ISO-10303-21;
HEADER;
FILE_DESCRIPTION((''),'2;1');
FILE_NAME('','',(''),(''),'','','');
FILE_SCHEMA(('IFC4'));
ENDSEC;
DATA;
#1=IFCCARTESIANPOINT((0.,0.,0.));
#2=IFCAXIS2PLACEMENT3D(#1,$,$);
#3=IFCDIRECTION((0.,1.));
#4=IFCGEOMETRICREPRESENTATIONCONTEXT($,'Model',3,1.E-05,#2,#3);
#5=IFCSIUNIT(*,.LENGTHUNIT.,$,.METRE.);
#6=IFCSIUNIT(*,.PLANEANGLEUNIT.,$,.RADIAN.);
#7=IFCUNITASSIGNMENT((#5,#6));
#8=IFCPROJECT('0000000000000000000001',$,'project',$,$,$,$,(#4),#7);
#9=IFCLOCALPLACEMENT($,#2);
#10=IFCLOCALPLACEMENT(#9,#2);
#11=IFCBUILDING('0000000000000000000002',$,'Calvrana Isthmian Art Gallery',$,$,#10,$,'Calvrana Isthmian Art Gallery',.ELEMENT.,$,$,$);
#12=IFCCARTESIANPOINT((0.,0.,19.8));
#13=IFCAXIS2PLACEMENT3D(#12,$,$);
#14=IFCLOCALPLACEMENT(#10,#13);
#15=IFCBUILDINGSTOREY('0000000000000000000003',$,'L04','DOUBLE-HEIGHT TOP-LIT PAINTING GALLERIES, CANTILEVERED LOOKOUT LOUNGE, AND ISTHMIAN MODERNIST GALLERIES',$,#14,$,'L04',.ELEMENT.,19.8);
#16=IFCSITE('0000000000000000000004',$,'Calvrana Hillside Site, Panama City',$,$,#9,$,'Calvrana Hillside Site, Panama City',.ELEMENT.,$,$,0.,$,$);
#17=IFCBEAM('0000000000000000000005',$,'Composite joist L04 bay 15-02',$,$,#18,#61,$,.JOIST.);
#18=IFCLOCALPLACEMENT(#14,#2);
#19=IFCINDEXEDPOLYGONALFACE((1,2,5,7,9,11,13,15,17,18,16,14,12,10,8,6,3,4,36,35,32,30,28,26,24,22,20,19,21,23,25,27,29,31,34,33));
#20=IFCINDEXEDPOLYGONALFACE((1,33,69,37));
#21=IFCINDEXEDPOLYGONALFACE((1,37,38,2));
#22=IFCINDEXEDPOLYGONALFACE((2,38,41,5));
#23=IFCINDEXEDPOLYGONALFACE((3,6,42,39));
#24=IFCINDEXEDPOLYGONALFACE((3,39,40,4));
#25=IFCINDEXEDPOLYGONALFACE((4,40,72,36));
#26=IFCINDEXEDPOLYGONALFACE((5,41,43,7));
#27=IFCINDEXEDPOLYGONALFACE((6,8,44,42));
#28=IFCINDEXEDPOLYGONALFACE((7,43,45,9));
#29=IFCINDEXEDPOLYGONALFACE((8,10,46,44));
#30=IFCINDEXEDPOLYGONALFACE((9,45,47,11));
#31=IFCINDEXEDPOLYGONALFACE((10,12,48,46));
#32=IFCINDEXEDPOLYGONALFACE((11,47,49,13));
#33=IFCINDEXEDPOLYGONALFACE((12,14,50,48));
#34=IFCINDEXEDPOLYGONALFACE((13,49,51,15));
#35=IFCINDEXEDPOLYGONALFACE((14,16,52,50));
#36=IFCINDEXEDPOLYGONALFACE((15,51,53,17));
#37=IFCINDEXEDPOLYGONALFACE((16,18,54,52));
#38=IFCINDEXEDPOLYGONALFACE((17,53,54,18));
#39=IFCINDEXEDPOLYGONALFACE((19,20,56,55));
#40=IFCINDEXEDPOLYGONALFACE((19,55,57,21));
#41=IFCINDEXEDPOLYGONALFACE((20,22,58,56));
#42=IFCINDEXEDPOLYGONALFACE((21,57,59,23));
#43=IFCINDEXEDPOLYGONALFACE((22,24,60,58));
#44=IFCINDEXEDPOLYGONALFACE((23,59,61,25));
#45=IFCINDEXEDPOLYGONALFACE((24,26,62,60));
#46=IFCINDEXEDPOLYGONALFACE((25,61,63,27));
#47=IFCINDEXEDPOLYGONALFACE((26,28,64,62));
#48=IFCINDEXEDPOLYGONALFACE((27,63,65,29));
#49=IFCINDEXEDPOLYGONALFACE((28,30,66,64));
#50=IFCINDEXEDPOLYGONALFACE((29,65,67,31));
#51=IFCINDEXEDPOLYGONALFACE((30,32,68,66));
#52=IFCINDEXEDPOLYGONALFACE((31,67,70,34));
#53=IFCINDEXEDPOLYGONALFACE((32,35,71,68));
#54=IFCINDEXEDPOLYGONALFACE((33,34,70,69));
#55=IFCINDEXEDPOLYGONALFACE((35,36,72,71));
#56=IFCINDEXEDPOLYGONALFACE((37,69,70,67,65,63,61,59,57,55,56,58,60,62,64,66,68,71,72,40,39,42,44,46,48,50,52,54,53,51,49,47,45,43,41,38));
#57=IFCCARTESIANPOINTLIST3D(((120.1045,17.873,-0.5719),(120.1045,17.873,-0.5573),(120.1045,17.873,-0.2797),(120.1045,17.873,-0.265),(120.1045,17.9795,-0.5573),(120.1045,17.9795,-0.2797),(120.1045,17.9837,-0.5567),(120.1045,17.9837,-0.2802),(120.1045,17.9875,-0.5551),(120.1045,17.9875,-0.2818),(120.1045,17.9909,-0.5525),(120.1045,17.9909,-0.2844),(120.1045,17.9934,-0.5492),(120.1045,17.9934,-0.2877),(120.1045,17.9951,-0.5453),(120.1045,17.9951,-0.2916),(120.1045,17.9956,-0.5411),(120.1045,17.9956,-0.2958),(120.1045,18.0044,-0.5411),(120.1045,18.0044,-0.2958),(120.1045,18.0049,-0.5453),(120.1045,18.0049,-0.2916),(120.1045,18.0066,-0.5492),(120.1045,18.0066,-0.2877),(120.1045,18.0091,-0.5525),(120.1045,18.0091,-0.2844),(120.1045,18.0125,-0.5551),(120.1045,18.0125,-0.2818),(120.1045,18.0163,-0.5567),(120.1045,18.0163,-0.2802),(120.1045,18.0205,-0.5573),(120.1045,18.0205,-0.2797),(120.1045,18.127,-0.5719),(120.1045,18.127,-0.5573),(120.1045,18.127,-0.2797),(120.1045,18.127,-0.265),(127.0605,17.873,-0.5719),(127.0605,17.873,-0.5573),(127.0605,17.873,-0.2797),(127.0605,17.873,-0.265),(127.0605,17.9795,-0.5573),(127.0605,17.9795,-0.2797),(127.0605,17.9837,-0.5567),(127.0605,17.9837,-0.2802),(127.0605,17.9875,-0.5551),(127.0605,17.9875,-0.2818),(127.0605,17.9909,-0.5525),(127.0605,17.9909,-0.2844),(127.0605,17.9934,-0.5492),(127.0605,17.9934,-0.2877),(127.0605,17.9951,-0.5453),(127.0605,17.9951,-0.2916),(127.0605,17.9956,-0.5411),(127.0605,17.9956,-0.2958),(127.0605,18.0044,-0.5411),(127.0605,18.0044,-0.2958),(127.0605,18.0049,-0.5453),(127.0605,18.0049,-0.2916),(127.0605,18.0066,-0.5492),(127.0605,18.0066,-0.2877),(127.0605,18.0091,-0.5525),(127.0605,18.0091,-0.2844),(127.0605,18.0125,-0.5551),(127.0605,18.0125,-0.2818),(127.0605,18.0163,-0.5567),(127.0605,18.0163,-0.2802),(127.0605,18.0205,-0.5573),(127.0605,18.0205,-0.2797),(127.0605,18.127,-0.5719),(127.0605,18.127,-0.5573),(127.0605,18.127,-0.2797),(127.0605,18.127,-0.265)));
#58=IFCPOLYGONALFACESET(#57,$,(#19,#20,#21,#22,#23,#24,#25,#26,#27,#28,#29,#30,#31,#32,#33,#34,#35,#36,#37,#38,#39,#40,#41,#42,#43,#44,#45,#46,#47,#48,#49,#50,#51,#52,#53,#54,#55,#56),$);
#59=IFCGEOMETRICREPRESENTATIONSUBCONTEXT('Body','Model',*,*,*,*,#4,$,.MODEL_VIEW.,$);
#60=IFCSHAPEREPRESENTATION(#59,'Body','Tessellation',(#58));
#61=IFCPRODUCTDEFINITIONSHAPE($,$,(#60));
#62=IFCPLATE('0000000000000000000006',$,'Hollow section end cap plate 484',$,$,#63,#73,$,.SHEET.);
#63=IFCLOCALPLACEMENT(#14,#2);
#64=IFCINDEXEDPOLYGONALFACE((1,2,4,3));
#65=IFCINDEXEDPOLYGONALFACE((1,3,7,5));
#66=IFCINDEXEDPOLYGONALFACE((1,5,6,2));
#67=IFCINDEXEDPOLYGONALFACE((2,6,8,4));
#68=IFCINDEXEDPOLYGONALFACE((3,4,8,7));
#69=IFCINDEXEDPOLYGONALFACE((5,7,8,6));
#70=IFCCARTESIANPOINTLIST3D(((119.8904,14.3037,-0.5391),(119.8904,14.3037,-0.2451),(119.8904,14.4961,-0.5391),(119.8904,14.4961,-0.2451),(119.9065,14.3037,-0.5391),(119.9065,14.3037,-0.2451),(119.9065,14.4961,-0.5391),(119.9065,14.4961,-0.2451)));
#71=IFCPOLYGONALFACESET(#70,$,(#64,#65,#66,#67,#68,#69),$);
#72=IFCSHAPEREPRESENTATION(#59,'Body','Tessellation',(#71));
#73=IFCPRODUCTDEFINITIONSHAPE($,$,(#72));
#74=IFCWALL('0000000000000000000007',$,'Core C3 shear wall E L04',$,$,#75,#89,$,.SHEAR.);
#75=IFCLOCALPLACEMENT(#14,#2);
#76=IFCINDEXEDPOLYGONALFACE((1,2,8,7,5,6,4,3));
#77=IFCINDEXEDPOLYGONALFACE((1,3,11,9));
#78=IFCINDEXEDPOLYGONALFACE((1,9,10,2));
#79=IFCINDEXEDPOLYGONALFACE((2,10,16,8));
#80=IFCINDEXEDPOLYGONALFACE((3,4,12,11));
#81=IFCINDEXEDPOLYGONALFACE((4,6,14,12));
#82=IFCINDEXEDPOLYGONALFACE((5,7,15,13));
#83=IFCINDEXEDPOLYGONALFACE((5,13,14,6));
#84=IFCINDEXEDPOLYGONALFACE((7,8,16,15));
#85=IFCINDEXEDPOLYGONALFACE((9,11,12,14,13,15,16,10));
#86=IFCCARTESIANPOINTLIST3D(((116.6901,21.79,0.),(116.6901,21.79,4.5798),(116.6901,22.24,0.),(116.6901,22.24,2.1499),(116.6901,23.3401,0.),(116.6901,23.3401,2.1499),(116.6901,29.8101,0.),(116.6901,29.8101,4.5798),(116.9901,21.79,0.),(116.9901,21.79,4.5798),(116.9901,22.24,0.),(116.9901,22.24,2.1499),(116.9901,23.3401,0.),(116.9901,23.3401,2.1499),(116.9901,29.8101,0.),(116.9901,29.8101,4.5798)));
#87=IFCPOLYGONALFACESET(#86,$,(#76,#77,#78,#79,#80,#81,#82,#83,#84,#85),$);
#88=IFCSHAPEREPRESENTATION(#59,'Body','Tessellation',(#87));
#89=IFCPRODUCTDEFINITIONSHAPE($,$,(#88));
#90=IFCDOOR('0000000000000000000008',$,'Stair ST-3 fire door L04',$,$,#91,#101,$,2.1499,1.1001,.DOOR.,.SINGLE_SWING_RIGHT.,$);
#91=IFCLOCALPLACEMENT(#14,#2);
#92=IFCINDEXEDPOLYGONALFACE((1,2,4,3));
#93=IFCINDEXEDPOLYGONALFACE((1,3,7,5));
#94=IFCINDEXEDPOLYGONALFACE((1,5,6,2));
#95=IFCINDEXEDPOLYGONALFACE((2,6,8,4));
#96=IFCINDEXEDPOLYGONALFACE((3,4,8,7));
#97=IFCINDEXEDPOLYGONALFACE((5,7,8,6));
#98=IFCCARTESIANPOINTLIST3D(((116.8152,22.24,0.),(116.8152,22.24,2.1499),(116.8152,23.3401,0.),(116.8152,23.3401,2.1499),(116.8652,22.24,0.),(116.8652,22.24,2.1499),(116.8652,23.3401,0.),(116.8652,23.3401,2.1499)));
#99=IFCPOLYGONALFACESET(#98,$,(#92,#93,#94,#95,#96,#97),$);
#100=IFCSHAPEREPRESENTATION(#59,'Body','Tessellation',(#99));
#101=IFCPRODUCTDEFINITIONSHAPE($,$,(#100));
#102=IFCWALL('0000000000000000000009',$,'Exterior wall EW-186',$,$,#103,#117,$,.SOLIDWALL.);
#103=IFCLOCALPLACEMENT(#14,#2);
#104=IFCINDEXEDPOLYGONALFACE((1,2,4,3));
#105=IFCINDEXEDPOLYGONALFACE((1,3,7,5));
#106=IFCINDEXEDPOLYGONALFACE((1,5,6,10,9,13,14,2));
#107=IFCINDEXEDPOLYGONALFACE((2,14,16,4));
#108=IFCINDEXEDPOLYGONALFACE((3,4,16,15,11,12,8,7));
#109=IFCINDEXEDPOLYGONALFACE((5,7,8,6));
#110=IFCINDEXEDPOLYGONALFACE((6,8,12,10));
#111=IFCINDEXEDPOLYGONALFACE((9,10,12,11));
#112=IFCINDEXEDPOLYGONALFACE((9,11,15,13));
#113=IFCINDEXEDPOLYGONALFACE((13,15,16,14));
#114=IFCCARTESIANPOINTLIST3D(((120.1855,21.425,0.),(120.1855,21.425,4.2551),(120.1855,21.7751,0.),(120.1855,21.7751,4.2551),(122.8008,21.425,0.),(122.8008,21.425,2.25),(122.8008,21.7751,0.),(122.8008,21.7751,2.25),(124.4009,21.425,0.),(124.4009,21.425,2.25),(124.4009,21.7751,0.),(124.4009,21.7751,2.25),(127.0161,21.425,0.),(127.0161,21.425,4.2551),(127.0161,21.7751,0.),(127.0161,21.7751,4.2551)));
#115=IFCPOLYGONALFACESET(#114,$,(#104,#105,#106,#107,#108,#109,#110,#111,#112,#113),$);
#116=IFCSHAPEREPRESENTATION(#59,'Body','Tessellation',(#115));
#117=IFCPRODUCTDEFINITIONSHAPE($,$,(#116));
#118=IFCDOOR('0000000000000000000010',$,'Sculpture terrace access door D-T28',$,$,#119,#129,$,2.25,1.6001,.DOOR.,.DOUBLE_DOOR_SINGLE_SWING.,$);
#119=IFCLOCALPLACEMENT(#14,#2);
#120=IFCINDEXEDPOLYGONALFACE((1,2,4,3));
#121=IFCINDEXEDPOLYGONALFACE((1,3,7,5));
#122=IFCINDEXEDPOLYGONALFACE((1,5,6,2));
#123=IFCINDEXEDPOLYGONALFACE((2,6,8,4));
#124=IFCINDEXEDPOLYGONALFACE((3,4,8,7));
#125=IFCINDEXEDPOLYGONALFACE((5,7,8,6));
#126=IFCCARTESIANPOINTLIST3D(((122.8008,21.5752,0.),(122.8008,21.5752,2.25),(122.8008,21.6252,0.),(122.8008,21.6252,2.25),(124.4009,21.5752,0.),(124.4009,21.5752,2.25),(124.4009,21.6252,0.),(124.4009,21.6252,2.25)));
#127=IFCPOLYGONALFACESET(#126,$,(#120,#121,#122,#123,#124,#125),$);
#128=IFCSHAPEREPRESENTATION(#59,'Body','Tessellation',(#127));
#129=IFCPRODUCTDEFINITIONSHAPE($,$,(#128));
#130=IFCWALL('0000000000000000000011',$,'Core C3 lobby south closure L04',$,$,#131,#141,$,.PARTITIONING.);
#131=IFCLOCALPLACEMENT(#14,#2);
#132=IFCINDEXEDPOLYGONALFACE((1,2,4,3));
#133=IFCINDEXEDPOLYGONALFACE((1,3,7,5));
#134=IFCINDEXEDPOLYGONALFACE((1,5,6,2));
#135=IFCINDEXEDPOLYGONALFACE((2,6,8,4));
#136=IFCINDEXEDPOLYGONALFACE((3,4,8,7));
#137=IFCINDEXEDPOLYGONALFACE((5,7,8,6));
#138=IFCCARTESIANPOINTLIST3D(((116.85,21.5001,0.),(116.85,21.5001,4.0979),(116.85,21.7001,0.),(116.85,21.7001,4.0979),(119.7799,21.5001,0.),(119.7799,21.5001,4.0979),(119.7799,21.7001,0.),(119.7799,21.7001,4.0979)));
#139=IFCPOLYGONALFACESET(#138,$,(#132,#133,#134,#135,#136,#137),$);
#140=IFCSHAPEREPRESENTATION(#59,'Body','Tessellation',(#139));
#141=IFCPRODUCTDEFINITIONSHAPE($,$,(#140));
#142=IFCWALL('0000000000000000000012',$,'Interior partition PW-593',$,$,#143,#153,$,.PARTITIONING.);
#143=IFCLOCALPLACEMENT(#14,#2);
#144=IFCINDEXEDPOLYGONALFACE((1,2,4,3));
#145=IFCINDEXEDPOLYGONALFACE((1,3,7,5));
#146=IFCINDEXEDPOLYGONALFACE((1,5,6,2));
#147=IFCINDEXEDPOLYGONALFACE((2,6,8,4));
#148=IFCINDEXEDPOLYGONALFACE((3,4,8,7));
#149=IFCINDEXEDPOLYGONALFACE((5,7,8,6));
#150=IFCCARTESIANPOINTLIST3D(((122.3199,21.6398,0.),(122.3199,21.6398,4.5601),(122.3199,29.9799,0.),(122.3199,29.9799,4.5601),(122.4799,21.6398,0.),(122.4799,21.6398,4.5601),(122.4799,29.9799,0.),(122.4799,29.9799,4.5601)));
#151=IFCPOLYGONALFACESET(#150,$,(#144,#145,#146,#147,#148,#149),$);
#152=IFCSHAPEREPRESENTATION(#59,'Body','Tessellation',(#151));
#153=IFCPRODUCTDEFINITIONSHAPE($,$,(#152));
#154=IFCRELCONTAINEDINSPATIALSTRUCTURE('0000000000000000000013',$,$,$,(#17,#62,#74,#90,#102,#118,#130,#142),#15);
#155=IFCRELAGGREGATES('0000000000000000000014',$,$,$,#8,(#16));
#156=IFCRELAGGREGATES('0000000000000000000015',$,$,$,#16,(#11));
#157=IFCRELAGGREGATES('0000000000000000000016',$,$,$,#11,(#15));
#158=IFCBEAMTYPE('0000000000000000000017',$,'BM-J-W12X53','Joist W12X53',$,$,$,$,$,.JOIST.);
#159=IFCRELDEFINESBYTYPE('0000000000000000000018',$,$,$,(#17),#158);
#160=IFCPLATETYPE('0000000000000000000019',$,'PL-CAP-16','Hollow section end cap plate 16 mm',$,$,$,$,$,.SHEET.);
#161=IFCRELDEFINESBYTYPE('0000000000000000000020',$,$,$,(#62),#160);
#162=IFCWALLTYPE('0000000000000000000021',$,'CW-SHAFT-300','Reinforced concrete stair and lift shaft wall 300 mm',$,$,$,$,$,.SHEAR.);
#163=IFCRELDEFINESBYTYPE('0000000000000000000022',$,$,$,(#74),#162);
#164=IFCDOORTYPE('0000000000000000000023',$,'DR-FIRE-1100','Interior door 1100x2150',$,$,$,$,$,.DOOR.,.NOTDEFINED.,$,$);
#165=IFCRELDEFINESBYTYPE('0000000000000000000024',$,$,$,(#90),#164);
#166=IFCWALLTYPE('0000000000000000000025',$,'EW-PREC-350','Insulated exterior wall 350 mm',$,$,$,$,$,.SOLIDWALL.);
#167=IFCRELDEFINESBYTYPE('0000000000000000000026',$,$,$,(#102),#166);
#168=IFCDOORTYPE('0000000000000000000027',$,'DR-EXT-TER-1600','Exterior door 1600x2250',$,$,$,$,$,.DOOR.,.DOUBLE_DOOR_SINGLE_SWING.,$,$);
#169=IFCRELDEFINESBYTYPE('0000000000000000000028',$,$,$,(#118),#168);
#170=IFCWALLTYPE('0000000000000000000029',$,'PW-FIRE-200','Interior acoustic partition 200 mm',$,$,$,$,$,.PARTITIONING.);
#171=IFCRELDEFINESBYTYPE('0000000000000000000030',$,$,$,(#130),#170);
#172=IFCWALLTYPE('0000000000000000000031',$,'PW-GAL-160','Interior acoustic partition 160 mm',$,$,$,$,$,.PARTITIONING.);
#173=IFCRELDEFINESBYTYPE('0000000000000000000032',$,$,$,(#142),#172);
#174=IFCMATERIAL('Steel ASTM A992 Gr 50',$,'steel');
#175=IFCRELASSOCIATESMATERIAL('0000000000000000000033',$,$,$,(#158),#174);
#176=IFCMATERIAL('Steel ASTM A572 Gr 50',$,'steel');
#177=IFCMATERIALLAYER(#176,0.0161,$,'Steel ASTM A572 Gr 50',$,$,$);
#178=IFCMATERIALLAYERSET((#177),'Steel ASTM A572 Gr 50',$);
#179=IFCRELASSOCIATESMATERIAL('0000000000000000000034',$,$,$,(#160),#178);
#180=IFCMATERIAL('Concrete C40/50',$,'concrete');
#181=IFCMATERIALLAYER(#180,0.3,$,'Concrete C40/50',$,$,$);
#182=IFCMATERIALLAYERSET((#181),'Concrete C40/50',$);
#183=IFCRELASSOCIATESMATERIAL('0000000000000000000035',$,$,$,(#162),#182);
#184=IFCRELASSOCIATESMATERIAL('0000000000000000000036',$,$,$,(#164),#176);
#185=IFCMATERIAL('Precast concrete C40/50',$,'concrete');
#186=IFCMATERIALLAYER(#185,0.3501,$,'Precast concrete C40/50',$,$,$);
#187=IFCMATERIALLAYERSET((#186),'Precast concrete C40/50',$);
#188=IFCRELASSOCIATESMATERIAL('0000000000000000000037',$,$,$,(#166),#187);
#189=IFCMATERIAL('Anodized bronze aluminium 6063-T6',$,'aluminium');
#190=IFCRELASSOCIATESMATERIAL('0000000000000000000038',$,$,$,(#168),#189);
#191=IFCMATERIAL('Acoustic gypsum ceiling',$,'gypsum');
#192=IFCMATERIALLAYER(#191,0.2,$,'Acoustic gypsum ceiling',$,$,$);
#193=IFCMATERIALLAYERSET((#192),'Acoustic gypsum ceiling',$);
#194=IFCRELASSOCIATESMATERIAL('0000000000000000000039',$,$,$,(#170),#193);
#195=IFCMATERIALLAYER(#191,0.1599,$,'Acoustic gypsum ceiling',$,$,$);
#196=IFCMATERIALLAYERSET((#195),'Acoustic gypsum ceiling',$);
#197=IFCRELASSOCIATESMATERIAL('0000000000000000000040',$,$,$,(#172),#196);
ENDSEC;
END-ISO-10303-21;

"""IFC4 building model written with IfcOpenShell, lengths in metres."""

from ifc_helpers import new_model, si_unit, direction, frame, frame_2d, origin, origin_2d, place, context, subcontext, project, spatial, rectangle, i_section, extrude, material, layer, layer_set, material_profile, profile_set, type_object, element, fill, save


model = new_model("IFC4")

# Units and contexts
model_context = context("Model", 3, precision=1e-05, world=origin(), true_north=direction((0.0, 1.0)))
body_context = subcontext(model_context, "Body", "Model", "MODEL_VIEW")
ifc_project = project(units=[si_unit("LENGTHUNIT", "METRE"), si_unit("PLANEANGLEUNIT", "RADIAN")], contexts=[model_context])

# Site, building, storey
site_placement = place(None, origin())
site = spatial("IfcSite", under=ifc_project, at=site_placement, Name="Calvrana Hillside Site, Panama City", LongName="Calvrana Hillside Site, Panama City", CompositionType="ELEMENT", RefElevation=0.0)
building_placement = place(site_placement, origin())
building = spatial("IfcBuilding", under=site, at=building_placement, Name="Calvrana Isthmian Art Gallery", LongName="Calvrana Isthmian Art Gallery", CompositionType="ELEMENT")
storey_placement = place(building_placement, frame((0.0, 0.0, 19.8)))
storey = spatial("IfcBuildingStorey", under=building, at=storey_placement, Name="L04", Description="DOUBLE-HEIGHT TOP-LIT PAINTING GALLERIES, CANTILEVERED LOOKOUT LOUNGE, AND ISTHMIAN MODERNIST GALLERIES", LongName="L04", CompositionType="ELEMENT", Elevation=19.8)

# Shared definitions
ifc_material_1 = material(Name="Steel ASTM A992 Gr 50", Category="steel")

# Beam
ifc_material_profile_1 = material_profile(ifc_material_1, i_section(OverallWidth=0.2539, OverallDepth=0.3069, WebThickness=0.0088, FlangeThickness=0.0146, FilletRadius=0.0161, at=origin_2d()), Name="W12X53")
ifc_profile_set_1 = profile_set([ifc_material_profile_1], Name="Steel ASTM A992 Gr 50")
beam_type_1 = type_object("IfcBeamType", Name="BM-J-W12X53", Description="Joist W12X53", PredefinedType="JOIST", material=ifc_profile_set_1)
beam_1_placement = place(storey_placement, frame((120.1045, 18.0, -0.4185), z_axis=(1.0, 0.0, 0.0), x_axis=(0.0, 1.0, 0.0)))
element("IfcBeam", 1, at=beam_1_placement, inside=storey, type_object=beam_type_1, Name="Composite joist L04 bay 15-02", PredefinedType="JOIST", context=body_context, shape_type="SweptSolid", body=[
    extrude(i_section(OverallWidth=0.2539, OverallDepth=0.3069, WebThickness=0.0088, FlangeThickness=0.0146, FilletRadius=0.0161, at=origin_2d()), origin(), (0.0, 0.0, 1.0), 6.9561),
])

# Plate
ifc_material_2 = material(Name="Steel ASTM A572 Gr 50", Category="steel")
ifc_layer_1 = layer(ifc_material_2, 0.0161, Name="Steel ASTM A572 Gr 50")
ifc_layer_set_1 = layer_set([ifc_layer_1], Name="Steel ASTM A572 Gr 50")
plate_type = type_object("IfcPlateType", Name="PL-CAP-16", Description="Hollow section end cap plate 16 mm", PredefinedType="SHEET", material=ifc_layer_set_1)
plate_placement = place(storey_placement, frame((119.8984, 14.3999, -0.5391), z_axis=(0.0, 0.0, 1.0), x_axis=(1.0, 0.0, 0.0)))
element("IfcPlate", 2, at=plate_placement, inside=storey, type_object=plate_type, Name="Hollow section end cap plate 484", PredefinedType="SHEET", context=body_context, shape_type="SweptSolid", body=[
    extrude(rectangle(XDim=0.0161, YDim=0.1924, at=origin_2d()), origin(), (0.0, 0.0, 1.0), 0.2939),
])

# Walls, openings, doors
ifc_material_3 = material(Name="Concrete C40/50", Category="concrete")
ifc_layer_2 = layer(ifc_material_3, 0.3, Name="Concrete C40/50")
ifc_layer_set_2 = layer_set([ifc_layer_2], Name="Concrete C40/50")
wall_type_1 = type_object("IfcWallType", Name="CW-SHAFT-300", Description="Reinforced concrete stair and lift shaft wall 300 mm", PredefinedType="SHEAR", material=ifc_layer_set_2)
wall_1_placement = place(storey_placement, frame((116.8401, 21.79, 0.0), z_axis=(0.0, 0.0, 1.0), x_axis=(0.0, 1.0, 0.0)))
wall_1 = element("IfcWall", 3, at=wall_1_placement, inside=storey, type_object=wall_type_1, Name="Core C3 shear wall E L04", PredefinedType="SHEAR", context=body_context, shape_type="SweptSolid", body=[
    extrude(rectangle(XDim=8.02, YDim=0.3, at=frame_2d((4.01, 0.0))), origin(), (0.0, 0.0, 1.0), 4.5798),
])
opening_1_placement = place(wall_1_placement, frame((0.45, 0.0, 0.0)))
opening_1 = element("IfcOpeningElement", 4, at=opening_1_placement, cuts=wall_1, PredefinedType="OPENING", context=body_context, shape_type="SweptSolid", body=[
    extrude(rectangle(XDim=1.1001, YDim=2.1499, at=frame_2d((0.55, 1.075))), frame((0.0, 0.1602, 0.0), z_axis=(0.0, -1.0, 0.0), x_axis=(1.0, 0.0, 0.0)), (0.0, 0.0, 1.0), 0.3206),
])
door_type_1 = type_object("IfcDoorType", Name="DR-FIRE-1100", Description="Interior door 1100x2150", OperationType="NOTDEFINED", PredefinedType="DOOR", material=ifc_material_2)
door_1_placement = place(opening_1_placement, origin())
door_1 = element("IfcDoor", 5, at=door_1_placement, inside=storey, type_object=door_type_1, Name="Stair ST-3 fire door L04", OperationType="SINGLE_SWING_RIGHT", OverallHeight=2.1499, OverallWidth=1.1001, PredefinedType="DOOR", context=body_context, shape_type="SweptSolid", body=[
    extrude(rectangle(XDim=1.1001, YDim=2.1499, at=frame_2d((0.55, 1.075))), frame((0.0, 0.0249, 0.0), z_axis=(0.0, -1.0, 0.0), x_axis=(1.0, 0.0, 0.0)), (0.0, 0.0, 1.0), 0.05),
])
fill(opening_1, door_1)
ifc_material_4 = material(Name="Precast concrete C40/50", Category="concrete")
ifc_layer_3 = layer(ifc_material_4, 0.3501, Name="Precast concrete C40/50")
ifc_layer_set_3 = layer_set([ifc_layer_3], Name="Precast concrete C40/50")
wall_type_2 = type_object("IfcWallType", Name="EW-PREC-350", Description="Insulated exterior wall 350 mm", PredefinedType="SOLIDWALL", material=ifc_layer_set_3)
wall_2_placement = place(storey_placement, frame((127.0161, 21.6001, 0.0), z_axis=(0.0, 0.0, 1.0), x_axis=(-1.0, 0.0, 0.0)))
wall_2 = element("IfcWall", 6, at=wall_2_placement, inside=storey, type_object=wall_type_2, Name="Exterior wall EW-186", PredefinedType="SOLIDWALL", context=body_context, shape_type="SweptSolid", body=[
    extrude(rectangle(XDim=6.8306, YDim=0.3501, at=frame_2d((3.4153, 0.0))), origin(), (0.0, 0.0, 1.0), 4.2551),
])
opening_2_placement = place(wall_2_placement, frame((2.6152, 0.0, 0.0)))
opening_2 = element("IfcOpeningElement", 7, at=opening_2_placement, cuts=wall_2, PredefinedType="OPENING", context=body_context, shape_type="SweptSolid", body=[
    extrude(rectangle(XDim=1.6001, YDim=2.25, at=frame_2d((0.8, 1.125))), frame((0.0, 0.1853, 0.0), z_axis=(0.0, -1.0, 0.0), x_axis=(1.0, 0.0, 0.0)), (0.0, 0.0, 1.0), 0.3706),
])
ifc_material_5 = material(Name="Anodized bronze aluminium 6063-T6", Category="aluminium")
door_type_2 = type_object("IfcDoorType", Name="DR-EXT-TER-1600", Description="Exterior door 1600x2250", OperationType="DOUBLE_DOOR_SINGLE_SWING", PredefinedType="DOOR", material=ifc_material_5)
door_2_placement = place(opening_2_placement, origin())
door_2 = element("IfcDoor", 8, at=door_2_placement, inside=storey, type_object=door_type_2, Name="Sculpture terrace access door D-T28", OperationType="DOUBLE_DOOR_SINGLE_SWING", OverallHeight=2.25, OverallWidth=1.6001, PredefinedType="DOOR", context=body_context, shape_type="SweptSolid", body=[
    extrude(rectangle(XDim=1.6001, YDim=2.25, at=frame_2d((0.8, 1.125))), frame((0.0, 0.0249, 0.0), z_axis=(0.0, -1.0, 0.0), x_axis=(1.0, 0.0, 0.0)), (0.0, 0.0, 1.0), 0.05),
])
fill(opening_2, door_2)

# Walls
ifc_material_6 = material(Name="Acoustic gypsum ceiling", Category="gypsum")
ifc_layer_4 = layer(ifc_material_6, 0.2, Name="Acoustic gypsum ceiling")
ifc_layer_set_4 = layer_set([ifc_layer_4], Name="Acoustic gypsum ceiling")
wall_type_3 = type_object("IfcWallType", Name="PW-FIRE-200", Description="Interior acoustic partition 200 mm", PredefinedType="PARTITIONING", material=ifc_layer_set_4)
wall_3_placement = place(storey_placement, frame((116.8501, 21.6001, 0.0), z_axis=(0.0, 0.0, 1.0), x_axis=(1.0, 0.0, 0.0)))
element("IfcWall", 9, at=wall_3_placement, inside=storey, type_object=wall_type_3, Name="Core C3 lobby south closure L04", PredefinedType="PARTITIONING", context=body_context, shape_type="SweptSolid", body=[
    extrude(rectangle(XDim=2.9299, YDim=0.2, at=frame_2d((1.4648, 0.0))), origin(), (0.0, 0.0, 1.0), 4.0979),
])
ifc_layer_5 = layer(ifc_material_6, 0.1599, Name="Acoustic gypsum ceiling")
ifc_layer_set_5 = layer_set([ifc_layer_5], Name="Acoustic gypsum ceiling")
wall_type_4 = type_object("IfcWallType", Name="PW-GAL-160", Description="Interior acoustic partition 160 mm", PredefinedType="PARTITIONING", material=ifc_layer_set_5)
wall_4_placement = place(storey_placement, frame((122.3999, 21.6399, 0.0), z_axis=(0.0, 0.0, 1.0), x_axis=(0.0, 1.0, 0.0)))
element("IfcWall", 10, at=wall_4_placement, inside=storey, type_object=wall_type_4, Name="Interior partition PW-593", PredefinedType="PARTITIONING", context=body_context, shape_type="SweptSolid", body=[
    extrude(rectangle(XDim=8.3401, YDim=0.1599, at=frame_2d((4.1699, 0.0))), origin(), (0.0, 0.0, 1.0), 4.5601),
])

save(model, "model.ifc")
